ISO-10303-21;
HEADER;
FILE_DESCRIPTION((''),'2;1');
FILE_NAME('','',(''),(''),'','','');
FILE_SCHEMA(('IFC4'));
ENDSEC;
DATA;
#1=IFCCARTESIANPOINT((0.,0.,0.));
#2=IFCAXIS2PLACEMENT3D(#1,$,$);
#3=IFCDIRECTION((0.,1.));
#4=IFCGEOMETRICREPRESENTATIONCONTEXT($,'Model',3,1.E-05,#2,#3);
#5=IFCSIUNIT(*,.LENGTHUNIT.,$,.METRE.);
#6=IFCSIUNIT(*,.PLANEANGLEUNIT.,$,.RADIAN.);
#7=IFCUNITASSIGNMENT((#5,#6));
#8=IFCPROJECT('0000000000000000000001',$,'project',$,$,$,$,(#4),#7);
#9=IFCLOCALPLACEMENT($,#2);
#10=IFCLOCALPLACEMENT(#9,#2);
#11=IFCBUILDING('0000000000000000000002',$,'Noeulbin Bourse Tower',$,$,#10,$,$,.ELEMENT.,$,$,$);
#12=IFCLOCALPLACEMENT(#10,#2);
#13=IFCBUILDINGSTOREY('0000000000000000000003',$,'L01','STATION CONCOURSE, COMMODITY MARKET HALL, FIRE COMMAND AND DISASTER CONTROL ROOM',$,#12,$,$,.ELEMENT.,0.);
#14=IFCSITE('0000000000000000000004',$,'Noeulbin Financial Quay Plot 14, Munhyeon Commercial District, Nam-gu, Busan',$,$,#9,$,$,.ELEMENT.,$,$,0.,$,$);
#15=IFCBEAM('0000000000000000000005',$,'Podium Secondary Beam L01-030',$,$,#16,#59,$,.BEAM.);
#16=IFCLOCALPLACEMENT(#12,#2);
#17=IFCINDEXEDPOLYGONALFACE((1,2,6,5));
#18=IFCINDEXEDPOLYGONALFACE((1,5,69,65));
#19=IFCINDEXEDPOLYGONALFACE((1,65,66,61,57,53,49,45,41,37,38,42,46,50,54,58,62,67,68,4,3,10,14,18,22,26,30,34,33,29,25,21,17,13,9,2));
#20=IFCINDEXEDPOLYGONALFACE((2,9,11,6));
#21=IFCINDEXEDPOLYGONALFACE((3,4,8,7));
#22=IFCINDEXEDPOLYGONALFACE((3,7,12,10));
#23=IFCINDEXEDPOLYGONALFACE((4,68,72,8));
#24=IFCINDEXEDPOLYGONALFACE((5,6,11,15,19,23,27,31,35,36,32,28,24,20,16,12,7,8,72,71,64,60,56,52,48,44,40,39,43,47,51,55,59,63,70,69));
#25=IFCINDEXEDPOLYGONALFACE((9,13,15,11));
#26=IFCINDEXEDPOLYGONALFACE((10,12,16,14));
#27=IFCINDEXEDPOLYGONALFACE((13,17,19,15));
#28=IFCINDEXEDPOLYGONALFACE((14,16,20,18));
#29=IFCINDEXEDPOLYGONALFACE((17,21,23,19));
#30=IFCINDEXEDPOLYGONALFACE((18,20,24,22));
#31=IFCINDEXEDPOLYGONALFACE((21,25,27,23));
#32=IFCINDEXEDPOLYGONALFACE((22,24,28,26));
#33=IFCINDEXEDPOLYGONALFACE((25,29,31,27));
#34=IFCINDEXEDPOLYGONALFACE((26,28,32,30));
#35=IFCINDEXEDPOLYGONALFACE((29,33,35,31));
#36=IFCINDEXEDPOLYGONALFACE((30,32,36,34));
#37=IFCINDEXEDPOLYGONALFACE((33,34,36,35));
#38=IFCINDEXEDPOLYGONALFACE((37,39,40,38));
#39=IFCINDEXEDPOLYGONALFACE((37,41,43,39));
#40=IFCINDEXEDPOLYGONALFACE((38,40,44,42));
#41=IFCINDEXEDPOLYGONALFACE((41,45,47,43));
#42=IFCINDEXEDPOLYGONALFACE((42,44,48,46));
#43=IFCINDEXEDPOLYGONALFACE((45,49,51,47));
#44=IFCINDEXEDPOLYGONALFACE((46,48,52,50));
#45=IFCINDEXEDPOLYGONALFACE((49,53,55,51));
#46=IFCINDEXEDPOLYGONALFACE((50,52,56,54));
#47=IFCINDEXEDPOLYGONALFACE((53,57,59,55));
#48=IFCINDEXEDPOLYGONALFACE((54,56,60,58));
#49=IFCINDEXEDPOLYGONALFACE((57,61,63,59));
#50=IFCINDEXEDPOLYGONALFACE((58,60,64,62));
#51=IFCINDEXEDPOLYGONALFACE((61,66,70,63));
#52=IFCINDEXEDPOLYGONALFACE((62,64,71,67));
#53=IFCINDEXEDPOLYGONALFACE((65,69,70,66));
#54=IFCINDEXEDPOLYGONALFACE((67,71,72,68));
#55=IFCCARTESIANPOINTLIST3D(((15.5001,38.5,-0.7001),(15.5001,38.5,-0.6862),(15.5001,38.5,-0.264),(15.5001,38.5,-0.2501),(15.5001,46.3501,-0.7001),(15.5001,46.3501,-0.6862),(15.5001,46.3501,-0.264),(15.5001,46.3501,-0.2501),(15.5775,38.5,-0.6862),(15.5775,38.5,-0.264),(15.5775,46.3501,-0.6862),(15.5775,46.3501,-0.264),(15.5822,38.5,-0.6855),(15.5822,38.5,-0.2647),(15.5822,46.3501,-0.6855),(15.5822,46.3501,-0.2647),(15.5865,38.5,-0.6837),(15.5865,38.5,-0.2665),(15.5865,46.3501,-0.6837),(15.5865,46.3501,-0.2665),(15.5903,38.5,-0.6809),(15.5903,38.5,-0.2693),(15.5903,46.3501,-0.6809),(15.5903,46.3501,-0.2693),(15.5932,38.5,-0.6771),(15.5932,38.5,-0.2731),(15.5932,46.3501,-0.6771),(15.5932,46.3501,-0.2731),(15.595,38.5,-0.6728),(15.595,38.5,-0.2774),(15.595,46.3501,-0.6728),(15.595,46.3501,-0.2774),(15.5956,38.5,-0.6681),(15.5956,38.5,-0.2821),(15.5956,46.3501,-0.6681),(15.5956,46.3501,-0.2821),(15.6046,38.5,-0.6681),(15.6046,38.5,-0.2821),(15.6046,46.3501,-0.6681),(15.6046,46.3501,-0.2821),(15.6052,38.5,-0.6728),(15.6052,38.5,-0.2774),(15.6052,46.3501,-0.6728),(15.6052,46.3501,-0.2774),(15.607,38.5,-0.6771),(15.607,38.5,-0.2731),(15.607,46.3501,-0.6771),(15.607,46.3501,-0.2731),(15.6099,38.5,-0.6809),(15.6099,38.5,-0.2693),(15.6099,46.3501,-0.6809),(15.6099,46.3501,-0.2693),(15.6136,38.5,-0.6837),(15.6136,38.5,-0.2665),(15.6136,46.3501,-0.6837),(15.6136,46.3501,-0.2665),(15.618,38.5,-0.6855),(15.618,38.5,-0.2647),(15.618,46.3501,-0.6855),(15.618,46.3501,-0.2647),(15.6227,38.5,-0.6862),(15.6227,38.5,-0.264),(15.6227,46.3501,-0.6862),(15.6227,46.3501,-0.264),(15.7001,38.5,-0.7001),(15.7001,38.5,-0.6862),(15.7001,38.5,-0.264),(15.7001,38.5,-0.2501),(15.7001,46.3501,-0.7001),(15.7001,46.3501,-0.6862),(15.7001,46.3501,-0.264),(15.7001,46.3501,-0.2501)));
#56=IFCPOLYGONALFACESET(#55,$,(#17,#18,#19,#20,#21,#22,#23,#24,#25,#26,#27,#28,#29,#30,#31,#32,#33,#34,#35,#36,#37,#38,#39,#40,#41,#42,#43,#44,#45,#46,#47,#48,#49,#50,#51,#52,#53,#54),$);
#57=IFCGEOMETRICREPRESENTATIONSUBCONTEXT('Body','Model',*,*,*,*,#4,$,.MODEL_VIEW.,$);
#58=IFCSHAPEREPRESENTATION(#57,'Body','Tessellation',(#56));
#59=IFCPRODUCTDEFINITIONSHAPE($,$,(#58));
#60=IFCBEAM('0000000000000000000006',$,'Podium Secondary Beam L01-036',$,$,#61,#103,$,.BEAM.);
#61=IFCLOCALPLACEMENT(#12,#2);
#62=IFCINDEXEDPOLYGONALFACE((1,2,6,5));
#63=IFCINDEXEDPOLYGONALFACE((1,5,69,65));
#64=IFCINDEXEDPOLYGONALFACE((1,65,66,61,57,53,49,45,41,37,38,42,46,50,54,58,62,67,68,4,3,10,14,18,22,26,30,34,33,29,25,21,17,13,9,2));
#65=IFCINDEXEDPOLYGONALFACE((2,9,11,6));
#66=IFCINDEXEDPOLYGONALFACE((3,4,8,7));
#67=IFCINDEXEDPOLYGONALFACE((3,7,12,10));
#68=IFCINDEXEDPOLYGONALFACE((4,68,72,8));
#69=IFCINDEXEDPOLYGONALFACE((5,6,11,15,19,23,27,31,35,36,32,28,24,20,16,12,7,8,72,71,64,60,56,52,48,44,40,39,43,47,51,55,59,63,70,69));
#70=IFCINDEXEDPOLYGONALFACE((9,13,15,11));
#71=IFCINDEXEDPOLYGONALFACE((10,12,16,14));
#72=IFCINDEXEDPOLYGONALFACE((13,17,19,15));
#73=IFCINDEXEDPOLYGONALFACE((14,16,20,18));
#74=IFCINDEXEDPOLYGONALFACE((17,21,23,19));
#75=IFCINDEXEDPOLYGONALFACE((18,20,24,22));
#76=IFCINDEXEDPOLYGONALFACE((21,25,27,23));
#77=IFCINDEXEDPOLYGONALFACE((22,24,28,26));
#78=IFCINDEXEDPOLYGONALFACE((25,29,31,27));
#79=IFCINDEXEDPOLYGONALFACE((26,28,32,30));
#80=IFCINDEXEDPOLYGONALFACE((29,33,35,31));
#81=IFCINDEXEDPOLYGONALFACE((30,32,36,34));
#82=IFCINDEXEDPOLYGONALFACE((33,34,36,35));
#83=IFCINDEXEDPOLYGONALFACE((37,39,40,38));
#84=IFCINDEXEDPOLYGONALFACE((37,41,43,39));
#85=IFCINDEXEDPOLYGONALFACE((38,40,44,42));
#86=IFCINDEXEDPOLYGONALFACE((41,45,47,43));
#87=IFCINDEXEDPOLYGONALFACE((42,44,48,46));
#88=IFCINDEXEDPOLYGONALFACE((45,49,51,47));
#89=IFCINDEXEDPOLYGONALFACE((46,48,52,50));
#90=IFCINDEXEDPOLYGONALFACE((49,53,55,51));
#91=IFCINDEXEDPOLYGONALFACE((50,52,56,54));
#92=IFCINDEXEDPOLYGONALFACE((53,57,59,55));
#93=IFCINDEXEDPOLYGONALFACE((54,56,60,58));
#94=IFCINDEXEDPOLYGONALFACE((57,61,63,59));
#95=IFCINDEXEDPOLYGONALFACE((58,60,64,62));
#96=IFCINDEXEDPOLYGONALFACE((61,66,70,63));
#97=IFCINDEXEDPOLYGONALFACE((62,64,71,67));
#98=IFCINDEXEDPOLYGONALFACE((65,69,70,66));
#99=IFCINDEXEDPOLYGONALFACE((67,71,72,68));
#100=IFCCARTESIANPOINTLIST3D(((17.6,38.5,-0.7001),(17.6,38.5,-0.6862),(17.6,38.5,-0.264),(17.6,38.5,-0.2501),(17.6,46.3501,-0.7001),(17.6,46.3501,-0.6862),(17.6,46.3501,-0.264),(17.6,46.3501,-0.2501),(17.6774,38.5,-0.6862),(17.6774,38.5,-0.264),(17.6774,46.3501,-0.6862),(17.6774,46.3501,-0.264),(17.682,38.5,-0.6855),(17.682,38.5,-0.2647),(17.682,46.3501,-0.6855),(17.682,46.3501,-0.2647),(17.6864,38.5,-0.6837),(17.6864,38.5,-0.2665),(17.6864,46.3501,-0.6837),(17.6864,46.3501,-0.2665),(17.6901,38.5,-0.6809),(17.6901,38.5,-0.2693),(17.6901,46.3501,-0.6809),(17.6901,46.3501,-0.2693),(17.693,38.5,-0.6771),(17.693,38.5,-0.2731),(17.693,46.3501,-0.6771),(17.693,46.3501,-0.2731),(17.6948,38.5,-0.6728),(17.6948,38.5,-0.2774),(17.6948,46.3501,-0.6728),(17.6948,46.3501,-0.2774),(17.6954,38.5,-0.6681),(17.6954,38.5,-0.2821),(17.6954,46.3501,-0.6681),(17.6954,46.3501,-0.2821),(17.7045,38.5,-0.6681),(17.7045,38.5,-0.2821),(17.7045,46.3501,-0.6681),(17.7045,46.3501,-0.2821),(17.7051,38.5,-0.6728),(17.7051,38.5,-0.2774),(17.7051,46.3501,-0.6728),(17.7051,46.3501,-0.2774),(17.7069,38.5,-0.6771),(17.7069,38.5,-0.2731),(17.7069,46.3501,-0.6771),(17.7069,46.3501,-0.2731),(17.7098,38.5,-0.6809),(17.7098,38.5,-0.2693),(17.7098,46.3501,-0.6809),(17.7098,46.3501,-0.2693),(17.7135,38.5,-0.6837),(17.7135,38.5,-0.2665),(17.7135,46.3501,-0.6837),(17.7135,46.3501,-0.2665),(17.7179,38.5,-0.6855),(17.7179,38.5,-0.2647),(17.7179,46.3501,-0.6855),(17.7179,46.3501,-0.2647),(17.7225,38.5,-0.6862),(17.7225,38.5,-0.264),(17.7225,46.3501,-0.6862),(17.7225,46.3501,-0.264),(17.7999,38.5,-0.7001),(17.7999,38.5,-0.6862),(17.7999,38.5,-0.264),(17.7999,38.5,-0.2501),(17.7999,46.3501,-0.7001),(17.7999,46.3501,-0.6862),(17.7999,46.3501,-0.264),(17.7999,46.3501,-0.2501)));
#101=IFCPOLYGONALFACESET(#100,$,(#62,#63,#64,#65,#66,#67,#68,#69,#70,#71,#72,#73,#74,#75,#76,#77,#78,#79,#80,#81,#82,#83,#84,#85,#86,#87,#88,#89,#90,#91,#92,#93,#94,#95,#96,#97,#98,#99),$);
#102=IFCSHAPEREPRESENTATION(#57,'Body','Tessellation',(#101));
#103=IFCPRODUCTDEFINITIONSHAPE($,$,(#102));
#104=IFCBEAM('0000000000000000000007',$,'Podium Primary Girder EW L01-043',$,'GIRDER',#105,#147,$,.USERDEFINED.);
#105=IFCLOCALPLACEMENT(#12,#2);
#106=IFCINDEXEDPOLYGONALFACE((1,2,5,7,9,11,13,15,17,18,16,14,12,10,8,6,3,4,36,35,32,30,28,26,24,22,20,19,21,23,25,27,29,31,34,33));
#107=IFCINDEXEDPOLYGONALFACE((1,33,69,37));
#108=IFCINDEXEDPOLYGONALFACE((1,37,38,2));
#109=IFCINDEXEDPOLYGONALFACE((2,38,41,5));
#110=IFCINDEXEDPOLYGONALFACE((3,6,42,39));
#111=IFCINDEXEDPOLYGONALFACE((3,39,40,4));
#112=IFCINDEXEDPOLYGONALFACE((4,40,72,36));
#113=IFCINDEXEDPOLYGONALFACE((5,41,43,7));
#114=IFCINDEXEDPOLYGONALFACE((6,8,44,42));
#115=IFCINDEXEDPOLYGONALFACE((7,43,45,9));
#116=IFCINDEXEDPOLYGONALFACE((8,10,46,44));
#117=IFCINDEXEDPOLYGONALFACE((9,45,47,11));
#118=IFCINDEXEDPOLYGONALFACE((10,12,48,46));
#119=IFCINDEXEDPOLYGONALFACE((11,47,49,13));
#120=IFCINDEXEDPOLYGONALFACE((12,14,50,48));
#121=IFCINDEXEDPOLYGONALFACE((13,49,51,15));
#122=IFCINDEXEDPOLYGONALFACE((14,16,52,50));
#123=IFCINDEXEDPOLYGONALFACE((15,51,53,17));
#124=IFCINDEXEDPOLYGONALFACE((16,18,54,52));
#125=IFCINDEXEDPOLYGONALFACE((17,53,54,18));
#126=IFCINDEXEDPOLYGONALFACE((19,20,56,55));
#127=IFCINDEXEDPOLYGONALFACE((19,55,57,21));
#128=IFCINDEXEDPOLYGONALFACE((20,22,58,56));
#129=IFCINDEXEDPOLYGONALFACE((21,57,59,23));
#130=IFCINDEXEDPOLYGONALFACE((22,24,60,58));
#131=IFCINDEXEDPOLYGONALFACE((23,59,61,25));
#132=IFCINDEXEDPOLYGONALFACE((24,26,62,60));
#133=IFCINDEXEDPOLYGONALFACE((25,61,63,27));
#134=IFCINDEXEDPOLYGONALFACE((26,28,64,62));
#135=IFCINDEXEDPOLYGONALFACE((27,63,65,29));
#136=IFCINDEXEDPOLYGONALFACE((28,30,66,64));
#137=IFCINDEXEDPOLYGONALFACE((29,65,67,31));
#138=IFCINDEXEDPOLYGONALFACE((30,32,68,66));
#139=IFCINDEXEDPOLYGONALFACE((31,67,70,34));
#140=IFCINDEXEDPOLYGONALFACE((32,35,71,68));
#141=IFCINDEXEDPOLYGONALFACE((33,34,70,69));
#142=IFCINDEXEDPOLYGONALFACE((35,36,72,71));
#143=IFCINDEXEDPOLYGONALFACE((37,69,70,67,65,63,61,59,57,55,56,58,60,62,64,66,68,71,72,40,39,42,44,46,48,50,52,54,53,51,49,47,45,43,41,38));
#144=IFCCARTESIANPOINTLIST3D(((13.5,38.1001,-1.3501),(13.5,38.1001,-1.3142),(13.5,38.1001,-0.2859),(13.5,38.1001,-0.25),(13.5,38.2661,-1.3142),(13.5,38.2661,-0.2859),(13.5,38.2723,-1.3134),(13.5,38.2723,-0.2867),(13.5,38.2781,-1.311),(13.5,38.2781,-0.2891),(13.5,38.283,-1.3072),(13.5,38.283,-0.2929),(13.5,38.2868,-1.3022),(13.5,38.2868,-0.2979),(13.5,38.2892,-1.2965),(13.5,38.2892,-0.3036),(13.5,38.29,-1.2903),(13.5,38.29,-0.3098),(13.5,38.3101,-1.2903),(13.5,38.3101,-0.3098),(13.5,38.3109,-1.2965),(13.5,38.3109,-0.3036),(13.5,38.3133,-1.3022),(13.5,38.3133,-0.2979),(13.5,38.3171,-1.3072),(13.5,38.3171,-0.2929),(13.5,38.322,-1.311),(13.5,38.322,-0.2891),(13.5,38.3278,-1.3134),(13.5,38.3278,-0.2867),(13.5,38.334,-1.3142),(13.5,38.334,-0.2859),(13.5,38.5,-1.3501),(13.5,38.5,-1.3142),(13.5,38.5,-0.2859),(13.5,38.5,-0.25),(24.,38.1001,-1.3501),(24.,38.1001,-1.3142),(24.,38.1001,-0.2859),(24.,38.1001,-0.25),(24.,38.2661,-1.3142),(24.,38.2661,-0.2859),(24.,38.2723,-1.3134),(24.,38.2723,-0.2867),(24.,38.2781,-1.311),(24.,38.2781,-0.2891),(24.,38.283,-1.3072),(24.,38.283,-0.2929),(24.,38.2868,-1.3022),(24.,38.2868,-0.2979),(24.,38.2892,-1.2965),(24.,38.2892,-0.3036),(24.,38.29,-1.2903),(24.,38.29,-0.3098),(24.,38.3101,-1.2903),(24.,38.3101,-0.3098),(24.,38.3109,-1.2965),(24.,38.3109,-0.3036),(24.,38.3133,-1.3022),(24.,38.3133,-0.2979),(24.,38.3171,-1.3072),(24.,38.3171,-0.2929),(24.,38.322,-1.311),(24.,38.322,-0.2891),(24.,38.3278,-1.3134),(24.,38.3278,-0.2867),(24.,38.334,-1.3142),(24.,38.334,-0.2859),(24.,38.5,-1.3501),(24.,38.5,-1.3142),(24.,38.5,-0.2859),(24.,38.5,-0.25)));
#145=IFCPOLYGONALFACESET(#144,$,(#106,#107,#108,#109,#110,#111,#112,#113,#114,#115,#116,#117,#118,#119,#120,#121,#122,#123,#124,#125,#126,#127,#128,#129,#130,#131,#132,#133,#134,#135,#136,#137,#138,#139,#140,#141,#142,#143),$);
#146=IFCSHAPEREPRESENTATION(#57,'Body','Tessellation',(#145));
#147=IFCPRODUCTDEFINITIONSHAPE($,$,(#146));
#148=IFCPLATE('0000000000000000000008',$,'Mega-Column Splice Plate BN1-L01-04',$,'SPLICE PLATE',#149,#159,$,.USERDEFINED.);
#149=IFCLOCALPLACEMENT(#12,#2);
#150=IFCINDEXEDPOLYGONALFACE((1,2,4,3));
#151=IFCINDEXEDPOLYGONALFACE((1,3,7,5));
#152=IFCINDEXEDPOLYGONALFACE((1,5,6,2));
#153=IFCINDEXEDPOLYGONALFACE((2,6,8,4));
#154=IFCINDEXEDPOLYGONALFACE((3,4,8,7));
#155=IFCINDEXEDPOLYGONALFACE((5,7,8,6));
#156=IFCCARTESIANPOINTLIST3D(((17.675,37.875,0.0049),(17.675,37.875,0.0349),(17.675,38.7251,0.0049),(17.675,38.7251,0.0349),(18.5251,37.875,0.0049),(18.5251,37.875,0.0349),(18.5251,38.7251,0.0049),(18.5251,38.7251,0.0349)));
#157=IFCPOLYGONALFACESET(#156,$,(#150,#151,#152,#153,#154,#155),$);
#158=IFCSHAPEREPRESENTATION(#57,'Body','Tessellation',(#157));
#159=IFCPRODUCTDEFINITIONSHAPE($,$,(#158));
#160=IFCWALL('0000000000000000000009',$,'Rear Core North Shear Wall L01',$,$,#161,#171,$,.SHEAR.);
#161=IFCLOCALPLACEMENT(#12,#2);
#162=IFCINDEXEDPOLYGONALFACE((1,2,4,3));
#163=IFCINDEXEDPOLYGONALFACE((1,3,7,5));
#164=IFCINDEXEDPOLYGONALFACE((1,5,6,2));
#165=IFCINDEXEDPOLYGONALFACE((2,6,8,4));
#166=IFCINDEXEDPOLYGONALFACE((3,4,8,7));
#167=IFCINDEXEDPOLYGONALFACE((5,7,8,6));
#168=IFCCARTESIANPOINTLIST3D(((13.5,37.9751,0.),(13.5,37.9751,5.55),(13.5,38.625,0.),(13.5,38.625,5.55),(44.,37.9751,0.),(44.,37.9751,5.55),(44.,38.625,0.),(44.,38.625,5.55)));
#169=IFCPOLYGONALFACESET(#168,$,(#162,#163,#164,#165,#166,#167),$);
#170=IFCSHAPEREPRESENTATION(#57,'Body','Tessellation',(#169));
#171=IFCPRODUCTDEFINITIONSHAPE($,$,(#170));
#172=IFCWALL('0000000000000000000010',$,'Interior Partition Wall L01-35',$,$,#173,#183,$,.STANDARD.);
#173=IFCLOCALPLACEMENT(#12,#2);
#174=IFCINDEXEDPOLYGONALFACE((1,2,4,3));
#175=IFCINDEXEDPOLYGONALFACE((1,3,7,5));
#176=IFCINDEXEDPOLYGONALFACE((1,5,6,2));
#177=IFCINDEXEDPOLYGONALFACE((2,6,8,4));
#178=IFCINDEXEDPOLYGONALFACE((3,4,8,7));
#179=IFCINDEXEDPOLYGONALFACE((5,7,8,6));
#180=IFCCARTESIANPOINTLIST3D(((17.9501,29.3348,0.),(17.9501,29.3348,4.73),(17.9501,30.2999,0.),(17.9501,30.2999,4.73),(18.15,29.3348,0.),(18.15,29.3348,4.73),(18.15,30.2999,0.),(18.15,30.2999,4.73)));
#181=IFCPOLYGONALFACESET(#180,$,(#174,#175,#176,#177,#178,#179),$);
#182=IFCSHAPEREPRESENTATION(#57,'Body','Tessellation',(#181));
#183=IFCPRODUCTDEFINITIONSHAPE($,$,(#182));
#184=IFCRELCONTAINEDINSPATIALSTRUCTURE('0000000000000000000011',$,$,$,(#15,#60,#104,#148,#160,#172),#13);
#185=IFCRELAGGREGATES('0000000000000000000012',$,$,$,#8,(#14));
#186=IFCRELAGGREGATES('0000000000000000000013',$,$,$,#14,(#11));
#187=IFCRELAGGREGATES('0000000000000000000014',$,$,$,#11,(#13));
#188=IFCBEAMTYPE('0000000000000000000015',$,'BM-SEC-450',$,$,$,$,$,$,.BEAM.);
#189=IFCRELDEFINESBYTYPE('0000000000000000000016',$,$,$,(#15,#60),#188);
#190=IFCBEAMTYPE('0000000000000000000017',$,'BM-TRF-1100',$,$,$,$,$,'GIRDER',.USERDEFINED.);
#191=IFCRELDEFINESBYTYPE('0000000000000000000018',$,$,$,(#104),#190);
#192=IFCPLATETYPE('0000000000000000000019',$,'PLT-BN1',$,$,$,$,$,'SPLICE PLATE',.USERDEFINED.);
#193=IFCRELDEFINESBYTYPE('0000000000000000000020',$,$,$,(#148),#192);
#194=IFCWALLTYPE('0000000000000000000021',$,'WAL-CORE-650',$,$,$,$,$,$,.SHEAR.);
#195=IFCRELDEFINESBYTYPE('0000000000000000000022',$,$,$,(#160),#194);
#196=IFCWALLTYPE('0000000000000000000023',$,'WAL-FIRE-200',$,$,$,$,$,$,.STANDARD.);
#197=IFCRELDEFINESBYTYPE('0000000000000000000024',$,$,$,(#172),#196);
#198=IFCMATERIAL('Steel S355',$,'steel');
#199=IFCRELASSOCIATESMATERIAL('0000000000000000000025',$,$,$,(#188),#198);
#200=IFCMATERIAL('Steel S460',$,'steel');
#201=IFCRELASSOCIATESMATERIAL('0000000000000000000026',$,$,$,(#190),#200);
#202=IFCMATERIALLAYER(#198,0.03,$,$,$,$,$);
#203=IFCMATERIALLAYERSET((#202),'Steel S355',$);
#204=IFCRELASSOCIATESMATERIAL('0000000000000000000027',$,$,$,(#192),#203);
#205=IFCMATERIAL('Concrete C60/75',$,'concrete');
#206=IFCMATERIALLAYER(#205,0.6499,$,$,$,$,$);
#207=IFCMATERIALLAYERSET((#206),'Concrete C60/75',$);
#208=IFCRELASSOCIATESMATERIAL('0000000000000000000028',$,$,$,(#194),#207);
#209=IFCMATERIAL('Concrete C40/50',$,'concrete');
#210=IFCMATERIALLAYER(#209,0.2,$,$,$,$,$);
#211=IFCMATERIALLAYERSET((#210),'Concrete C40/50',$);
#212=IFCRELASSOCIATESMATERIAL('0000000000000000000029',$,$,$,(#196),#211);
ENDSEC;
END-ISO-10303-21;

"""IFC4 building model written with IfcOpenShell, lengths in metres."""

from ifc_helpers import new_model, si_unit, direction, frame, frame_2d, origin, origin_2d, place, context, subcontext, project, spatial, rectangle, i_section, extrude, material, layer, layer_set, material_profile, profile_set, type_object, element, save


model = new_model("IFC4")

# Units and contexts
model_context = context("Model", 3, precision=1e-05, world=origin(), true_north=direction((0.0, 1.0)))
body_context = subcontext(model_context, "Body", "Model", "MODEL_VIEW")
ifc_project = project(units=[si_unit("LENGTHUNIT", "METRE"), si_unit("PLANEANGLEUNIT", "RADIAN")], contexts=[model_context])

# Site, building, storey
site_placement = place(None, origin())
site = spatial("IfcSite", under=ifc_project, at=site_placement, Name="Noeulbin Financial Quay Plot 14, Munhyeon Commercial District, Nam-gu, Busan", CompositionType="ELEMENT", RefElevation=0.0)
building_placement = place(site_placement, origin())
building = spatial("IfcBuilding", under=site, at=building_placement, Name="Noeulbin Bourse Tower", CompositionType="ELEMENT")
storey_placement = place(building_placement, origin())
storey = spatial("IfcBuildingStorey", under=building, at=storey_placement, Name="L01", Description="STATION CONCOURSE, COMMODITY MARKET HALL, FIRE COMMAND AND DISASTER CONTROL ROOM", CompositionType="ELEMENT", Elevation=0.0)

# Shared definitions
ifc_material_1 = material(Name="Steel S460", Category="steel")

# Beams
ifc_material_2 = material(Name="Steel S355", Category="steel")
ifc_material_profile_1 = material_profile(ifc_material_2, i_section(OverallWidth=0.2, OverallDepth=0.45, WebThickness=0.009, FlangeThickness=0.0139, FilletRadius=0.0181, at=origin_2d()), Name="H-450x200x9x14", Category="LoadBearing")
ifc_profile_set_1 = profile_set([ifc_material_profile_1], Name="Steel S355")
beam_type_1 = type_object("IfcBeamType", Name="BM-SEC-450", PredefinedType="BEAM", material=ifc_profile_set_1)
for number, where, z_axis, x_axis, name in (
    (1, (15.6001, 38.5, -0.4751), (0.0, 1.0, 0.0), (-1.0, 0.0, 0.0), "Podium Secondary Beam L01-030"),
    (2, (17.7, 38.5, -0.4751), (0.0, 1.0, 0.0), (-1.0, 0.0, 0.0), "Podium Secondary Beam L01-036"),
):
    element("IfcBeam", number, at=place(storey_placement, frame(where, z_axis=z_axis, x_axis=x_axis)), inside=storey, type_object=beam_type_1, Name=name, PredefinedType="BEAM", context=body_context, shape_type="SweptSolid", body=[
        extrude(i_section(OverallWidth=0.2, OverallDepth=0.45, WebThickness=0.009, FlangeThickness=0.0139, FilletRadius=0.0181, at=origin_2d()), origin(), (0.0, 0.0, 1.0), 7.8501),
    ])
ifc_material_profile_2 = material_profile(ifc_material_1, i_section(OverallWidth=0.3999, OverallDepth=1.1001, WebThickness=0.02, FlangeThickness=0.0359, FilletRadius=0.0239, at=origin_2d()), Name="PG-1100x400x20x36", Category="LoadBearing")
ifc_profile_set_2 = profile_set([ifc_material_profile_2], Name="Steel S460")
beam_type_2 = type_object("IfcBeamType", Name="BM-TRF-1100", ElementType="GIRDER", PredefinedType="USERDEFINED", material=ifc_profile_set_2)
beam_1_placement = place(storey_placement, frame((13.5, 38.3, -0.8), z_axis=(1.0, 0.0, 0.0), x_axis=(0.0, 1.0, 0.0)))
element("IfcBeam", 3, at=beam_1_placement, inside=storey, type_object=beam_type_2, Name="Podium Primary Girder EW L01-043", ObjectType="GIRDER", PredefinedType="USERDEFINED", context=body_context, shape_type="SweptSolid", body=[
    extrude(i_section(OverallWidth=0.3999, OverallDepth=1.1001, WebThickness=0.02, FlangeThickness=0.0359, FilletRadius=0.0239, at=origin_2d()), origin(), (0.0, 0.0, 1.0), 10.5),
])

# Plate
ifc_layer_1 = layer(ifc_material_2, 0.03)
ifc_layer_set_1 = layer_set([ifc_layer_1], Name="Steel S355")
plate_type = type_object("IfcPlateType", Name="PLT-BN1", ElementType="SPLICE PLATE", PredefinedType="USERDEFINED", material=ifc_layer_set_1)
plate_placement = place(storey_placement, frame((18.1001, 38.3, 0.0049), z_axis=(0.0, 0.0, 1.0), x_axis=(1.0, 0.0, 0.0)))
element("IfcPlate", 4, at=plate_placement, inside=storey, type_object=plate_type, Name="Mega-Column Splice Plate BN1-L01-04", ObjectType="SPLICE PLATE", PredefinedType="USERDEFINED", context=body_context, shape_type="SweptSolid", body=[
    extrude(rectangle(XDim=0.8501, YDim=0.8501, at=origin_2d()), origin(), (0.0, 0.0, 1.0), 0.03),
])

# Walls
ifc_material_3 = material(Name="Concrete C60/75", Category="concrete")
ifc_layer_2 = layer(ifc_material_3, 0.6499)
ifc_layer_set_2 = layer_set([ifc_layer_2], Name="Concrete C60/75")
wall_type_1 = type_object("IfcWallType", Name="WAL-CORE-650", PredefinedType="SHEAR", material=ifc_layer_set_2)
wall_1_placement = place(storey_placement, frame((13.5, 38.3, 0.0), z_axis=(0.0, 0.0, 1.0), x_axis=(1.0, 0.0, 0.0)))
element("IfcWall", 5, at=wall_1_placement, inside=storey, type_object=wall_type_1, Name="Rear Core North Shear Wall L01", PredefinedType="SHEAR", context=body_context, shape_type="SweptSolid", body=[
    extrude(rectangle(XDim=30.5, YDim=0.6499, at=frame_2d((15.25, 0.0))), origin(), (0.0, 0.0, 1.0), 5.55),
])
ifc_material_4 = material(Name="Concrete C40/50", Category="concrete")
ifc_layer_3 = layer(ifc_material_4, 0.2)
ifc_layer_set_3 = layer_set([ifc_layer_3], Name="Concrete C40/50")
wall_type_2 = type_object("IfcWallType", Name="WAL-FIRE-200", PredefinedType="STANDARD", material=ifc_layer_set_3)
wall_2_placement = place(storey_placement, frame((18.05, 29.335, 0.0), z_axis=(0.0, 0.0, 1.0), x_axis=(0.0, 1.0, 0.0)))
element("IfcWall", 6, at=wall_2_placement, inside=storey, type_object=wall_type_2, Name="Interior Partition Wall L01-35", PredefinedType="STANDARD", context=body_context, shape_type="SweptSolid", body=[
    extrude(rectangle(XDim=0.9651, YDim=0.2, at=frame_2d((0.4824, 0.0))), origin(), (0.0, 0.0, 1.0), 4.73),
])

save(model, "model.ifc")
